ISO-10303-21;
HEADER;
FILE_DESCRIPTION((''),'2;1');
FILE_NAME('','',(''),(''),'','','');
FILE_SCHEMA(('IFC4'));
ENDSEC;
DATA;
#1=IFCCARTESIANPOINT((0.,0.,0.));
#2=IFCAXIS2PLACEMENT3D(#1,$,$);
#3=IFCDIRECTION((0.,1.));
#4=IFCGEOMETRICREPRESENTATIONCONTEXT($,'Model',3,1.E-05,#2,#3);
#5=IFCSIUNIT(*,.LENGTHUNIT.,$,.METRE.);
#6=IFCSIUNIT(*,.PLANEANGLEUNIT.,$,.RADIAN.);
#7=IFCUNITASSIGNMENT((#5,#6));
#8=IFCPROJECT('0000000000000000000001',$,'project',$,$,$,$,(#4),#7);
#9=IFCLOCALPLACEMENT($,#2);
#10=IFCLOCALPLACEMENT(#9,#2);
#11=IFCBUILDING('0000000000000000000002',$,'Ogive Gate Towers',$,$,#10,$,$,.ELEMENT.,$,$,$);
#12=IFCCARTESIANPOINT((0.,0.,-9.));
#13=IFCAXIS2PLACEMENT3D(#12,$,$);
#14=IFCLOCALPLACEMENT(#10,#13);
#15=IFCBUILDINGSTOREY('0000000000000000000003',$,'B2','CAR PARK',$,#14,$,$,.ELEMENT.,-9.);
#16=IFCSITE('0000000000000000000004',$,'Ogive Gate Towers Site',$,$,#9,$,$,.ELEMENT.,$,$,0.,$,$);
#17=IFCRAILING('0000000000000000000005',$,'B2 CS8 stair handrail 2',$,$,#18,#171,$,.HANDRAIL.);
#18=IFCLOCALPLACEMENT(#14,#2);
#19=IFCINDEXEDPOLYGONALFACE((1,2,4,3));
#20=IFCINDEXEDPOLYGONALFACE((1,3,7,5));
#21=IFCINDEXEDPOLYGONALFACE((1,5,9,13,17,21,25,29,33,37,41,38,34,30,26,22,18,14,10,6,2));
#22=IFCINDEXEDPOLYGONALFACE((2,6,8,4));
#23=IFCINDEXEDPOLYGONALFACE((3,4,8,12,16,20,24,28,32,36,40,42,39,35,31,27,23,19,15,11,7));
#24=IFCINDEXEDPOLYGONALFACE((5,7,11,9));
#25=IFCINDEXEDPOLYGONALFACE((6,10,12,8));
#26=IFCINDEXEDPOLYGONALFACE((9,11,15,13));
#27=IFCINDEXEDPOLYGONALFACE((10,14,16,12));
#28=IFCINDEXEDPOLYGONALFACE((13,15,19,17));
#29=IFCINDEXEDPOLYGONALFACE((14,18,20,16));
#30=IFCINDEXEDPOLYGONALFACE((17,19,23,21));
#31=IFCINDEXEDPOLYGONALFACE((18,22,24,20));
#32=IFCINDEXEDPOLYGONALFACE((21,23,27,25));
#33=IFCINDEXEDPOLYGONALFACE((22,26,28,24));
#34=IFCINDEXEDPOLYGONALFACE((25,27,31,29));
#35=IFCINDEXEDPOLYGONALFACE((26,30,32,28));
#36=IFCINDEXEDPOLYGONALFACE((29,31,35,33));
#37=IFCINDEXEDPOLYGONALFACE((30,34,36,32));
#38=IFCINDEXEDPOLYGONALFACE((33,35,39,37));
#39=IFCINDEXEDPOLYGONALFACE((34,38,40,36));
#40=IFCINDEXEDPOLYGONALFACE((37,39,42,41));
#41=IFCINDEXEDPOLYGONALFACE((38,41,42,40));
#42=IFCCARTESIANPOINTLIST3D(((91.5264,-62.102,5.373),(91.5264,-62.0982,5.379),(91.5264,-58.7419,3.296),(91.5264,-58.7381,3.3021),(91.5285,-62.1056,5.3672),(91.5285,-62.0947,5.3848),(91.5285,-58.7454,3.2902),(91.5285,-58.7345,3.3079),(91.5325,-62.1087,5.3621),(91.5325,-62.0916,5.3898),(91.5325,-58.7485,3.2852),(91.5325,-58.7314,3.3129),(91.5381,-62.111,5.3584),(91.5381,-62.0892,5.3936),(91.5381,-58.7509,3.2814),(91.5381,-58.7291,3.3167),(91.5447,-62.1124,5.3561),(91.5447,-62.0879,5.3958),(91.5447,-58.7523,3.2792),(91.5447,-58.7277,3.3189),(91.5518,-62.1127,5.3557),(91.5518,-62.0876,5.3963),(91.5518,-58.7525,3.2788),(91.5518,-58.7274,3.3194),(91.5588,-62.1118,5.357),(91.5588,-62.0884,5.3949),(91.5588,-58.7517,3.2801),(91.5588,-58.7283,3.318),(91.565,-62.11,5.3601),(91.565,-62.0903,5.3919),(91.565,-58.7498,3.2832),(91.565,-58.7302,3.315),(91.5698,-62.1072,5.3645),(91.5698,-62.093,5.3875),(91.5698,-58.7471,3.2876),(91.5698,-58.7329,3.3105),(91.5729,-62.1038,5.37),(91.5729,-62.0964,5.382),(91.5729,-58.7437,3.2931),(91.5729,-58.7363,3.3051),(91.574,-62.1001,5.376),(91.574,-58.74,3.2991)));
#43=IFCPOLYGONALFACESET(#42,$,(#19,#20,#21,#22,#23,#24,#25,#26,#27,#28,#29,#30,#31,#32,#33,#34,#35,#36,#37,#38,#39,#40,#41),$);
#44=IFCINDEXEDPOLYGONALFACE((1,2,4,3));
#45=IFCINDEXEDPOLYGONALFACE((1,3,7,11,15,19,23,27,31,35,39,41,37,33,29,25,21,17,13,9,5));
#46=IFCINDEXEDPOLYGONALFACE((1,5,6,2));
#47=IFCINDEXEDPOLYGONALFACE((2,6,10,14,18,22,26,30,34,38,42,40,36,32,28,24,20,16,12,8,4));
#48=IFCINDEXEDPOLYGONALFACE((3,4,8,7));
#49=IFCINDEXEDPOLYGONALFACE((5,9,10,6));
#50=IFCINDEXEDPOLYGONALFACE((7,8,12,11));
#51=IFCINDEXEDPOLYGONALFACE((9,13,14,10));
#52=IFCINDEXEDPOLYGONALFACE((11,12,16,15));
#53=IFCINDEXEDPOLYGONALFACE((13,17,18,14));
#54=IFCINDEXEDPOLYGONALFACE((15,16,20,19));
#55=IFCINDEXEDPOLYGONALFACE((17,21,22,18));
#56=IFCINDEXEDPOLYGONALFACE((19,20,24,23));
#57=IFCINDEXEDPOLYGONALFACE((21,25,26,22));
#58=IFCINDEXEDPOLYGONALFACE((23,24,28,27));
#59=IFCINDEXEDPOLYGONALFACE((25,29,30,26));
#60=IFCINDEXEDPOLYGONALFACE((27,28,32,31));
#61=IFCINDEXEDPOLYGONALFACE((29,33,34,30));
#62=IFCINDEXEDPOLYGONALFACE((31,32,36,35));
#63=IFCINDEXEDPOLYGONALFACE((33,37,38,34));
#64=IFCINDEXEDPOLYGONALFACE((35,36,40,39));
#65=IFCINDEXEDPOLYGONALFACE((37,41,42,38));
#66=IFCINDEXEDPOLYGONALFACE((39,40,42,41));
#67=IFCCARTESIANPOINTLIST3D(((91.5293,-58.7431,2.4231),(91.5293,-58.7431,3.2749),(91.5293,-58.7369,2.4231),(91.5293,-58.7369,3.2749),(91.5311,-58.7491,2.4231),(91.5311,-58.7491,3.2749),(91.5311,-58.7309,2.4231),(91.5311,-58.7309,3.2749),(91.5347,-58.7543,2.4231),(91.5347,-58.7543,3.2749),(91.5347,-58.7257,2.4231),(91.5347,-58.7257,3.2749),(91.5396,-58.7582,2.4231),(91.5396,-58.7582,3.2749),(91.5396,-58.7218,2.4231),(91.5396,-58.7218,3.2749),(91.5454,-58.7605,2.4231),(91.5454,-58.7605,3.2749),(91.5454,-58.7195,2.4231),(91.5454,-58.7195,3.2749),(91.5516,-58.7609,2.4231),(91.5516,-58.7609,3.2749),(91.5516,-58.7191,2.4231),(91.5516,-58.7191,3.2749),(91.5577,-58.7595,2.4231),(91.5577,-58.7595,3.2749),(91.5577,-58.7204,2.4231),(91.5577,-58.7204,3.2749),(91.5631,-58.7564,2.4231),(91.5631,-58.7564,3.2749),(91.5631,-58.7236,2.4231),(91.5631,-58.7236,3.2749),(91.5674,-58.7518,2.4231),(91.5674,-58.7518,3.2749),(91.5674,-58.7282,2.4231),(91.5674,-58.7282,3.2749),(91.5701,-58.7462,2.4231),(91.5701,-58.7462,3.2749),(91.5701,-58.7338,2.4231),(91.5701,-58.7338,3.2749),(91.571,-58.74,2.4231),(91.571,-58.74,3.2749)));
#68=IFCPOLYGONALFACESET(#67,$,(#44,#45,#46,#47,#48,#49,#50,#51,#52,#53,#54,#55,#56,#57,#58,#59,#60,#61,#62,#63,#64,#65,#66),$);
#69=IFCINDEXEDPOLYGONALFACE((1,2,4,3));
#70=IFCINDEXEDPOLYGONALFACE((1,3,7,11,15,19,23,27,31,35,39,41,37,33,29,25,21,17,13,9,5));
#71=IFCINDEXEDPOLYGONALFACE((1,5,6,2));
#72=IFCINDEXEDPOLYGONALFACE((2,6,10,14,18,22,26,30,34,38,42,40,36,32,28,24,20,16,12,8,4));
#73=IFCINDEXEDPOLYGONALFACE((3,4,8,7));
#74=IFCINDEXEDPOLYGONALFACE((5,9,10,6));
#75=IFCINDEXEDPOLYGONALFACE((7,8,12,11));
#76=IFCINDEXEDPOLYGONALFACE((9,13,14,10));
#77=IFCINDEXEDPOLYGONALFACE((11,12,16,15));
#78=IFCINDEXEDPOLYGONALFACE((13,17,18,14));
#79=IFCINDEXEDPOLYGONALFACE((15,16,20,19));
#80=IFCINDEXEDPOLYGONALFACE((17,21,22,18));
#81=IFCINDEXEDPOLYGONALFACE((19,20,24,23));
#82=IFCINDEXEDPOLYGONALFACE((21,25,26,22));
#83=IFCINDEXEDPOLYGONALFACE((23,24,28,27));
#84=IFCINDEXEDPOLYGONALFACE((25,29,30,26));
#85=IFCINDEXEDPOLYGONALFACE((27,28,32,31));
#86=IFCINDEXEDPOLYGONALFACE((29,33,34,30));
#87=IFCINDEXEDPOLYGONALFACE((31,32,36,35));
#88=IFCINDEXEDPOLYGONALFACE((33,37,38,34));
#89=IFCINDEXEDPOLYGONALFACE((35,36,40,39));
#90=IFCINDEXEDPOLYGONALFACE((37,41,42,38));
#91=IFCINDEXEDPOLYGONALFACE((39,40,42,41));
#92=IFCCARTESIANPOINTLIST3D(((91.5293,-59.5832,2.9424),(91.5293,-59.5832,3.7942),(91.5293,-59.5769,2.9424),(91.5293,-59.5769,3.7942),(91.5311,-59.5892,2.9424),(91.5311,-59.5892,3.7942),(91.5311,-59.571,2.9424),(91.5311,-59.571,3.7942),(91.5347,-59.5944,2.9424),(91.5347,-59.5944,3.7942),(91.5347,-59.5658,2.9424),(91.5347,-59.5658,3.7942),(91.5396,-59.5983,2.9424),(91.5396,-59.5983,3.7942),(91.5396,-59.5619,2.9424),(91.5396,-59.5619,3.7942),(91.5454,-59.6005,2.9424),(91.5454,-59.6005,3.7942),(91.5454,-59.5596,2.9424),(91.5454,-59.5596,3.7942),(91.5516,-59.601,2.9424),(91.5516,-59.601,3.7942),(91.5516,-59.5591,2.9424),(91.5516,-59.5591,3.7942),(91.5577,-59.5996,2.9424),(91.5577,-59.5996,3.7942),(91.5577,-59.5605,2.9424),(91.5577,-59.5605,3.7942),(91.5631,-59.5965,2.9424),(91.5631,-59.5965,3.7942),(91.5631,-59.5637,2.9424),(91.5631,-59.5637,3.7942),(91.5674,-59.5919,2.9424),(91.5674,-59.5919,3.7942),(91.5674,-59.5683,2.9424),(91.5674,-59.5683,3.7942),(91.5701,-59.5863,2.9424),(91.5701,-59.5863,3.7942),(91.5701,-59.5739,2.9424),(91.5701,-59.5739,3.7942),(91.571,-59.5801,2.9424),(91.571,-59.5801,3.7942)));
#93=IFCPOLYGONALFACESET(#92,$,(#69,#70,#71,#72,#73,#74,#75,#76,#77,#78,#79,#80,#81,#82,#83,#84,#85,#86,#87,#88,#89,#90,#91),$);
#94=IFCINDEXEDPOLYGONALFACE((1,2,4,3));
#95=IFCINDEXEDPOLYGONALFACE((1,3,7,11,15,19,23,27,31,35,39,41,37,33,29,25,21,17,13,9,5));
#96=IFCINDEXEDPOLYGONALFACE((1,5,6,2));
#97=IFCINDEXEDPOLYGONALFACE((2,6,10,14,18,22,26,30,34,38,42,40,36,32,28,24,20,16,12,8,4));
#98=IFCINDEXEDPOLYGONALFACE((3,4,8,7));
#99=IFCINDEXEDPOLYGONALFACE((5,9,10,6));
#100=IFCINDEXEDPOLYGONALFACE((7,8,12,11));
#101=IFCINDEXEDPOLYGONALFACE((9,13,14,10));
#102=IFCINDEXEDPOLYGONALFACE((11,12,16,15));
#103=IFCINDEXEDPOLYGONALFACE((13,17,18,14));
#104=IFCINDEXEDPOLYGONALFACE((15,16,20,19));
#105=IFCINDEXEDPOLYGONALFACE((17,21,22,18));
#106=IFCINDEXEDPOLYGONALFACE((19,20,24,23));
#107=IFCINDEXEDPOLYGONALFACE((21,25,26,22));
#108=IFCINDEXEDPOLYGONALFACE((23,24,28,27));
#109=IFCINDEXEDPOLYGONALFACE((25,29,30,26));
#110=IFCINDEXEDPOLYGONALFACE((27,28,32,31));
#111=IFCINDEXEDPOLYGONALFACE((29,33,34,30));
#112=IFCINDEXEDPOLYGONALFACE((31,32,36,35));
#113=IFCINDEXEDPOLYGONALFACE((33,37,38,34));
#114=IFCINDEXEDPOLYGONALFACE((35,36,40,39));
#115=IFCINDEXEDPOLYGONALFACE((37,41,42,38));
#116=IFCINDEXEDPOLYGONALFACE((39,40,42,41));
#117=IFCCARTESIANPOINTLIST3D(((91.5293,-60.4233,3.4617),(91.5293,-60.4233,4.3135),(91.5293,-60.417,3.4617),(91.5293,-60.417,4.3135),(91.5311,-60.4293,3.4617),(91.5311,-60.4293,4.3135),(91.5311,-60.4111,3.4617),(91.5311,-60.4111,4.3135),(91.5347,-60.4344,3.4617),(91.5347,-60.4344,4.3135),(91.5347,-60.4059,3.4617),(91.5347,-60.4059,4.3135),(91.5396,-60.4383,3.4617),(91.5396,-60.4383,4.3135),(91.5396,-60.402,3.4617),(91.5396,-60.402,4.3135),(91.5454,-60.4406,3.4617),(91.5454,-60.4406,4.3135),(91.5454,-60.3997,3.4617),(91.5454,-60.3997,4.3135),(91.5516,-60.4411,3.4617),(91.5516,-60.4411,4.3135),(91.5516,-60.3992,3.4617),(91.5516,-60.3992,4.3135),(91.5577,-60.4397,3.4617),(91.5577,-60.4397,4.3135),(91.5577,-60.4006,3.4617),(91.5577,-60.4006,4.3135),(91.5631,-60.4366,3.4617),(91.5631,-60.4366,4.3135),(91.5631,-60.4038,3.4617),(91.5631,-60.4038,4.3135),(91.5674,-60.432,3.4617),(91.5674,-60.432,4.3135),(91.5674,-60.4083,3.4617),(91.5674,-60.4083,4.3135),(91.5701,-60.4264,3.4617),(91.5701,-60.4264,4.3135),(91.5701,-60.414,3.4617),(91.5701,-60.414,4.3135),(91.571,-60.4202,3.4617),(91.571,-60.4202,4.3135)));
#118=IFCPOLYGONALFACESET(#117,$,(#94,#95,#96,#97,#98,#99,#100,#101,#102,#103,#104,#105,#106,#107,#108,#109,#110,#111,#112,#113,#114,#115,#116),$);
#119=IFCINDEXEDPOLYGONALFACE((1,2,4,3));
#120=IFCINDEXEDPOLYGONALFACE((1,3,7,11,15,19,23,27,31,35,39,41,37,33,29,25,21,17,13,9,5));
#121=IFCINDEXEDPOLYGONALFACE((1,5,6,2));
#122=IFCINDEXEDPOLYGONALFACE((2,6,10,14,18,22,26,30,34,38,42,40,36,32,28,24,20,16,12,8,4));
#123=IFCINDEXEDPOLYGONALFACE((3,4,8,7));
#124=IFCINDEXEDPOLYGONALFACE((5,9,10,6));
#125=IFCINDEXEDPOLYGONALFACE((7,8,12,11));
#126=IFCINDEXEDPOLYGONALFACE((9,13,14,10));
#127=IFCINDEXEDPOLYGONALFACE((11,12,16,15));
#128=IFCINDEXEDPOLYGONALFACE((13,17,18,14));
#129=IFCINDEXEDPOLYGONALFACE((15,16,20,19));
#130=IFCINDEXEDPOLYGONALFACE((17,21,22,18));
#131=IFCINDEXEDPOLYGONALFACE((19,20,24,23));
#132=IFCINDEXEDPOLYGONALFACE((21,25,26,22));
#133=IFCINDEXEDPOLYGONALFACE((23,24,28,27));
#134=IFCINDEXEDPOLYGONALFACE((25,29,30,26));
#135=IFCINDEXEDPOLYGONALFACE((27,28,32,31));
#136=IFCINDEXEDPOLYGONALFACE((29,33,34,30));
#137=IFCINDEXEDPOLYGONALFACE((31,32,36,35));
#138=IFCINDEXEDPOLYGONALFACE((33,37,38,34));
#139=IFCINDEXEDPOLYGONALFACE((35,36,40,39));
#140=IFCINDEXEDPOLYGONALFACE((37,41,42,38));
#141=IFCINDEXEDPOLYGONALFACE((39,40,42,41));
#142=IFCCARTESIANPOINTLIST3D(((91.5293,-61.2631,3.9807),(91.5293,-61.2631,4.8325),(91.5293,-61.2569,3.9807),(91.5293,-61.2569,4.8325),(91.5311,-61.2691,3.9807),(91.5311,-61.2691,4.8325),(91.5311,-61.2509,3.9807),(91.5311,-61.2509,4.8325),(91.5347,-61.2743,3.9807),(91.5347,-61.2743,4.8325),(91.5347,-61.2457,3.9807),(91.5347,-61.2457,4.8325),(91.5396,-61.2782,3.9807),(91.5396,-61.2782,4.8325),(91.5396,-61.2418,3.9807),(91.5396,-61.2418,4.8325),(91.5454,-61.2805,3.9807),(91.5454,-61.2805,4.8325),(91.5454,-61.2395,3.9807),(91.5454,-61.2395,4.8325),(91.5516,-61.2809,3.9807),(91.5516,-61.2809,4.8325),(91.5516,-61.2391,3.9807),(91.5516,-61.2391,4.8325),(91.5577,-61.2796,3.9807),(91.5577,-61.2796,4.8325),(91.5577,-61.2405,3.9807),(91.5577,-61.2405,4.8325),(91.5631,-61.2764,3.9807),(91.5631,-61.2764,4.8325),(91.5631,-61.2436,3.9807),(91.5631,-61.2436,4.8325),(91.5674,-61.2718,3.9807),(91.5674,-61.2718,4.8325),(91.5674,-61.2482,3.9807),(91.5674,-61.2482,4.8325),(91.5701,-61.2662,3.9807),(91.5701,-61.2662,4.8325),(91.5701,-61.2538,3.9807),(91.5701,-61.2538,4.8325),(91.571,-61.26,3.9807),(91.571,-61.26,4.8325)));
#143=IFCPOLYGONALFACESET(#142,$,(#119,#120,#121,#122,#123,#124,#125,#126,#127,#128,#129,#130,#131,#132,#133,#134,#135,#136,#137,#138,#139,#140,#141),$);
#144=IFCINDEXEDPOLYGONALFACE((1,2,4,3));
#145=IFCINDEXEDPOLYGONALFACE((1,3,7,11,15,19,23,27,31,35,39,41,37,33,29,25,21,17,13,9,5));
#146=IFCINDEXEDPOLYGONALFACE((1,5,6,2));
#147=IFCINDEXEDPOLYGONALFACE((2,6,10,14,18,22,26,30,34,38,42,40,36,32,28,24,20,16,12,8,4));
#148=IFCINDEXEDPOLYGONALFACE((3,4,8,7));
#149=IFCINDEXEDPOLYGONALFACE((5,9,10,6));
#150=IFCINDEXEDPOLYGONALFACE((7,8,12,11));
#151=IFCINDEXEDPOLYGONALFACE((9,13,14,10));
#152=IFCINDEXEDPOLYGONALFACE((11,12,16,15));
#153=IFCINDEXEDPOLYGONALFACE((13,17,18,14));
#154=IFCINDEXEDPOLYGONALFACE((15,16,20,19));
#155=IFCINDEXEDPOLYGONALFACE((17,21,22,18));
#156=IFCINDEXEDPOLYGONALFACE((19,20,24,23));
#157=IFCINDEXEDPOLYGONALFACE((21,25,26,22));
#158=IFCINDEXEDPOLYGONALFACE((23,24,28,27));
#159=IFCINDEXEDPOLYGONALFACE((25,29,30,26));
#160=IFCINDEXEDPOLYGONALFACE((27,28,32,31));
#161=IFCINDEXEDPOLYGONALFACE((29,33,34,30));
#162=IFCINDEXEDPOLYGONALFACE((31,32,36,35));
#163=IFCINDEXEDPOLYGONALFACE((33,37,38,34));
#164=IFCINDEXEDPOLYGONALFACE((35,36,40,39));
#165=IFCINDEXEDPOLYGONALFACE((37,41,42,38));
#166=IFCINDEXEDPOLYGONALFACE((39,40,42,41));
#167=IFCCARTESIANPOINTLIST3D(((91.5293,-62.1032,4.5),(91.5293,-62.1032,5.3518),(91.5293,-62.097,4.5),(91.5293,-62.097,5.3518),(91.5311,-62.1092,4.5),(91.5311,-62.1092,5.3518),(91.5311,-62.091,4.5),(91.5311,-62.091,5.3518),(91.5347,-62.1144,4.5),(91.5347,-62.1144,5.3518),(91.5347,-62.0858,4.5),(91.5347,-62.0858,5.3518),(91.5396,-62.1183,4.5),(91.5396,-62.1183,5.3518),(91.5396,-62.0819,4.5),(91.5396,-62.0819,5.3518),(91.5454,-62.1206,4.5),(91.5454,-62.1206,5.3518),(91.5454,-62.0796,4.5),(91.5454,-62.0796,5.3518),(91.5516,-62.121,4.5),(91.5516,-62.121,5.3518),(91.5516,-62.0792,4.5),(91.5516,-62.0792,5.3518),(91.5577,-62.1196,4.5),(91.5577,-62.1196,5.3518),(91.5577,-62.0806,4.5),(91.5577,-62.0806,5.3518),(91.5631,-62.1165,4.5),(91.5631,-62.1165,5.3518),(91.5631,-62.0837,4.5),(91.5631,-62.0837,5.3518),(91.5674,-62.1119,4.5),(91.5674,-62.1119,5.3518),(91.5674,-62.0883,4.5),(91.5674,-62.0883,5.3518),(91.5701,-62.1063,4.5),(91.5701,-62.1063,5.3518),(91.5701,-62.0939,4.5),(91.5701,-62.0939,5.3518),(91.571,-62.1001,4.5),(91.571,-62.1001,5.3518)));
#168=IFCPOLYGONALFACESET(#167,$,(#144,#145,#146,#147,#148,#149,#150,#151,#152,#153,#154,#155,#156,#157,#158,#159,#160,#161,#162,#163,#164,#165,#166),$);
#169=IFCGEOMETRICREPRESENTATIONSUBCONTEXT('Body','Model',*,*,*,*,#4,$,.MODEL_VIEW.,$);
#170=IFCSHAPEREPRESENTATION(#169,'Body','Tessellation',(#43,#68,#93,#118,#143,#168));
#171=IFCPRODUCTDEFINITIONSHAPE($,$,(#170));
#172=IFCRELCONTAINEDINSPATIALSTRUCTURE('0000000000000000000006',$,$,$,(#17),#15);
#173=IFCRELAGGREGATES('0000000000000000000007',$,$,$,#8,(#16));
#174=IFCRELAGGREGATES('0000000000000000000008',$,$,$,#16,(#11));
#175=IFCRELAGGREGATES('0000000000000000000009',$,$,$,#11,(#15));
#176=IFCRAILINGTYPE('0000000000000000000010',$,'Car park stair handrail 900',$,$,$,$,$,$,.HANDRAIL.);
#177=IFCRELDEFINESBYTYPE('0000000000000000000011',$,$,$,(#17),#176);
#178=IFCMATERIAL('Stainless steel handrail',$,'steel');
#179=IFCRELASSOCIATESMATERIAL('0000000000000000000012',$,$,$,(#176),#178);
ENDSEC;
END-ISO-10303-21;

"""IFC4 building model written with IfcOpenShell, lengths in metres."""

from ifc_helpers import new_model, si_unit, direction, frame, origin, origin_2d, place, context, subcontext, project, spatial, circle, extrude, material, type_object, element, save


model = new_model("IFC4")

# Units and contexts
model_context = context("Model", 3, precision=1e-05, world=origin(), true_north=direction((0.0, 1.0)))
body_context = subcontext(model_context, "Body", "Model", "MODEL_VIEW")
ifc_project = project(units=[si_unit("LENGTHUNIT", "METRE"), si_unit("PLANEANGLEUNIT", "RADIAN")], contexts=[model_context])

# Site, building, storey
site_placement = place(None, origin())
site = spatial("IfcSite", under=ifc_project, at=site_placement, Name="Ogive Gate Towers Site", CompositionType="ELEMENT", RefElevation=0.0)
building_placement = place(site_placement, origin())
building = spatial("IfcBuilding", under=site, at=building_placement, Name="Ogive Gate Towers", CompositionType="ELEMENT")
storey_placement = place(building_placement, frame((0.0, 0.0, -9.0)))
storey = spatial("IfcBuildingStorey", under=building, at=storey_placement, Name="B2", Description="CAR PARK", CompositionType="ELEMENT", Elevation=-9.0)

# Railing
ifc_material_1 = material(Name="Stainless steel handrail", Category="steel")
railing_type_1 = type_object("IfcRailingType", Name="Car park stair handrail 900", PredefinedType="HANDRAIL", material=ifc_material_1)
railing_1_placement = place(storey_placement, frame((91.55, -58.74, 2.4231)))
element("IfcRailing", 1, at=railing_1_placement, inside=storey, type_object=railing_type_1, Name="B2 CS8 stair handrail 2", PredefinedType="HANDRAIL", context=body_context, shape_type="SweptSolid", body=[
    extrude(circle(Radius=0.0239, at=origin_2d()), frame((0.0, 0.0, 0.876), z_axis=(0.0, -0.850623, 0.525776), x_axis=(1.0, 0.0, 0.0)), (0.0, 0.0, 1.0), 3.9502),
    extrude(circle(Radius=0.021, at=origin_2d()), origin(), (0.0, 0.0, 1.0), 0.8518),
    extrude(circle(Radius=0.021, at=origin_2d()), frame((0.0, -0.8401, 0.5193)), (0.0, 0.0, 1.0), 0.8518),
    extrude(circle(Radius=0.021, at=origin_2d()), frame((0.0, -1.6802, 1.0386)), (0.0, 0.0, 1.0), 0.8518),
    extrude(circle(Radius=0.021, at=origin_2d()), frame((0.0, -2.52, 1.5576)), (0.0, 0.0, 1.0), 0.8518),
    extrude(circle(Radius=0.021, at=origin_2d()), frame((0.0, -3.3601, 2.0769)), (0.0, 0.0, 1.0), 0.8518),
])

save(model, "model.ifc")
